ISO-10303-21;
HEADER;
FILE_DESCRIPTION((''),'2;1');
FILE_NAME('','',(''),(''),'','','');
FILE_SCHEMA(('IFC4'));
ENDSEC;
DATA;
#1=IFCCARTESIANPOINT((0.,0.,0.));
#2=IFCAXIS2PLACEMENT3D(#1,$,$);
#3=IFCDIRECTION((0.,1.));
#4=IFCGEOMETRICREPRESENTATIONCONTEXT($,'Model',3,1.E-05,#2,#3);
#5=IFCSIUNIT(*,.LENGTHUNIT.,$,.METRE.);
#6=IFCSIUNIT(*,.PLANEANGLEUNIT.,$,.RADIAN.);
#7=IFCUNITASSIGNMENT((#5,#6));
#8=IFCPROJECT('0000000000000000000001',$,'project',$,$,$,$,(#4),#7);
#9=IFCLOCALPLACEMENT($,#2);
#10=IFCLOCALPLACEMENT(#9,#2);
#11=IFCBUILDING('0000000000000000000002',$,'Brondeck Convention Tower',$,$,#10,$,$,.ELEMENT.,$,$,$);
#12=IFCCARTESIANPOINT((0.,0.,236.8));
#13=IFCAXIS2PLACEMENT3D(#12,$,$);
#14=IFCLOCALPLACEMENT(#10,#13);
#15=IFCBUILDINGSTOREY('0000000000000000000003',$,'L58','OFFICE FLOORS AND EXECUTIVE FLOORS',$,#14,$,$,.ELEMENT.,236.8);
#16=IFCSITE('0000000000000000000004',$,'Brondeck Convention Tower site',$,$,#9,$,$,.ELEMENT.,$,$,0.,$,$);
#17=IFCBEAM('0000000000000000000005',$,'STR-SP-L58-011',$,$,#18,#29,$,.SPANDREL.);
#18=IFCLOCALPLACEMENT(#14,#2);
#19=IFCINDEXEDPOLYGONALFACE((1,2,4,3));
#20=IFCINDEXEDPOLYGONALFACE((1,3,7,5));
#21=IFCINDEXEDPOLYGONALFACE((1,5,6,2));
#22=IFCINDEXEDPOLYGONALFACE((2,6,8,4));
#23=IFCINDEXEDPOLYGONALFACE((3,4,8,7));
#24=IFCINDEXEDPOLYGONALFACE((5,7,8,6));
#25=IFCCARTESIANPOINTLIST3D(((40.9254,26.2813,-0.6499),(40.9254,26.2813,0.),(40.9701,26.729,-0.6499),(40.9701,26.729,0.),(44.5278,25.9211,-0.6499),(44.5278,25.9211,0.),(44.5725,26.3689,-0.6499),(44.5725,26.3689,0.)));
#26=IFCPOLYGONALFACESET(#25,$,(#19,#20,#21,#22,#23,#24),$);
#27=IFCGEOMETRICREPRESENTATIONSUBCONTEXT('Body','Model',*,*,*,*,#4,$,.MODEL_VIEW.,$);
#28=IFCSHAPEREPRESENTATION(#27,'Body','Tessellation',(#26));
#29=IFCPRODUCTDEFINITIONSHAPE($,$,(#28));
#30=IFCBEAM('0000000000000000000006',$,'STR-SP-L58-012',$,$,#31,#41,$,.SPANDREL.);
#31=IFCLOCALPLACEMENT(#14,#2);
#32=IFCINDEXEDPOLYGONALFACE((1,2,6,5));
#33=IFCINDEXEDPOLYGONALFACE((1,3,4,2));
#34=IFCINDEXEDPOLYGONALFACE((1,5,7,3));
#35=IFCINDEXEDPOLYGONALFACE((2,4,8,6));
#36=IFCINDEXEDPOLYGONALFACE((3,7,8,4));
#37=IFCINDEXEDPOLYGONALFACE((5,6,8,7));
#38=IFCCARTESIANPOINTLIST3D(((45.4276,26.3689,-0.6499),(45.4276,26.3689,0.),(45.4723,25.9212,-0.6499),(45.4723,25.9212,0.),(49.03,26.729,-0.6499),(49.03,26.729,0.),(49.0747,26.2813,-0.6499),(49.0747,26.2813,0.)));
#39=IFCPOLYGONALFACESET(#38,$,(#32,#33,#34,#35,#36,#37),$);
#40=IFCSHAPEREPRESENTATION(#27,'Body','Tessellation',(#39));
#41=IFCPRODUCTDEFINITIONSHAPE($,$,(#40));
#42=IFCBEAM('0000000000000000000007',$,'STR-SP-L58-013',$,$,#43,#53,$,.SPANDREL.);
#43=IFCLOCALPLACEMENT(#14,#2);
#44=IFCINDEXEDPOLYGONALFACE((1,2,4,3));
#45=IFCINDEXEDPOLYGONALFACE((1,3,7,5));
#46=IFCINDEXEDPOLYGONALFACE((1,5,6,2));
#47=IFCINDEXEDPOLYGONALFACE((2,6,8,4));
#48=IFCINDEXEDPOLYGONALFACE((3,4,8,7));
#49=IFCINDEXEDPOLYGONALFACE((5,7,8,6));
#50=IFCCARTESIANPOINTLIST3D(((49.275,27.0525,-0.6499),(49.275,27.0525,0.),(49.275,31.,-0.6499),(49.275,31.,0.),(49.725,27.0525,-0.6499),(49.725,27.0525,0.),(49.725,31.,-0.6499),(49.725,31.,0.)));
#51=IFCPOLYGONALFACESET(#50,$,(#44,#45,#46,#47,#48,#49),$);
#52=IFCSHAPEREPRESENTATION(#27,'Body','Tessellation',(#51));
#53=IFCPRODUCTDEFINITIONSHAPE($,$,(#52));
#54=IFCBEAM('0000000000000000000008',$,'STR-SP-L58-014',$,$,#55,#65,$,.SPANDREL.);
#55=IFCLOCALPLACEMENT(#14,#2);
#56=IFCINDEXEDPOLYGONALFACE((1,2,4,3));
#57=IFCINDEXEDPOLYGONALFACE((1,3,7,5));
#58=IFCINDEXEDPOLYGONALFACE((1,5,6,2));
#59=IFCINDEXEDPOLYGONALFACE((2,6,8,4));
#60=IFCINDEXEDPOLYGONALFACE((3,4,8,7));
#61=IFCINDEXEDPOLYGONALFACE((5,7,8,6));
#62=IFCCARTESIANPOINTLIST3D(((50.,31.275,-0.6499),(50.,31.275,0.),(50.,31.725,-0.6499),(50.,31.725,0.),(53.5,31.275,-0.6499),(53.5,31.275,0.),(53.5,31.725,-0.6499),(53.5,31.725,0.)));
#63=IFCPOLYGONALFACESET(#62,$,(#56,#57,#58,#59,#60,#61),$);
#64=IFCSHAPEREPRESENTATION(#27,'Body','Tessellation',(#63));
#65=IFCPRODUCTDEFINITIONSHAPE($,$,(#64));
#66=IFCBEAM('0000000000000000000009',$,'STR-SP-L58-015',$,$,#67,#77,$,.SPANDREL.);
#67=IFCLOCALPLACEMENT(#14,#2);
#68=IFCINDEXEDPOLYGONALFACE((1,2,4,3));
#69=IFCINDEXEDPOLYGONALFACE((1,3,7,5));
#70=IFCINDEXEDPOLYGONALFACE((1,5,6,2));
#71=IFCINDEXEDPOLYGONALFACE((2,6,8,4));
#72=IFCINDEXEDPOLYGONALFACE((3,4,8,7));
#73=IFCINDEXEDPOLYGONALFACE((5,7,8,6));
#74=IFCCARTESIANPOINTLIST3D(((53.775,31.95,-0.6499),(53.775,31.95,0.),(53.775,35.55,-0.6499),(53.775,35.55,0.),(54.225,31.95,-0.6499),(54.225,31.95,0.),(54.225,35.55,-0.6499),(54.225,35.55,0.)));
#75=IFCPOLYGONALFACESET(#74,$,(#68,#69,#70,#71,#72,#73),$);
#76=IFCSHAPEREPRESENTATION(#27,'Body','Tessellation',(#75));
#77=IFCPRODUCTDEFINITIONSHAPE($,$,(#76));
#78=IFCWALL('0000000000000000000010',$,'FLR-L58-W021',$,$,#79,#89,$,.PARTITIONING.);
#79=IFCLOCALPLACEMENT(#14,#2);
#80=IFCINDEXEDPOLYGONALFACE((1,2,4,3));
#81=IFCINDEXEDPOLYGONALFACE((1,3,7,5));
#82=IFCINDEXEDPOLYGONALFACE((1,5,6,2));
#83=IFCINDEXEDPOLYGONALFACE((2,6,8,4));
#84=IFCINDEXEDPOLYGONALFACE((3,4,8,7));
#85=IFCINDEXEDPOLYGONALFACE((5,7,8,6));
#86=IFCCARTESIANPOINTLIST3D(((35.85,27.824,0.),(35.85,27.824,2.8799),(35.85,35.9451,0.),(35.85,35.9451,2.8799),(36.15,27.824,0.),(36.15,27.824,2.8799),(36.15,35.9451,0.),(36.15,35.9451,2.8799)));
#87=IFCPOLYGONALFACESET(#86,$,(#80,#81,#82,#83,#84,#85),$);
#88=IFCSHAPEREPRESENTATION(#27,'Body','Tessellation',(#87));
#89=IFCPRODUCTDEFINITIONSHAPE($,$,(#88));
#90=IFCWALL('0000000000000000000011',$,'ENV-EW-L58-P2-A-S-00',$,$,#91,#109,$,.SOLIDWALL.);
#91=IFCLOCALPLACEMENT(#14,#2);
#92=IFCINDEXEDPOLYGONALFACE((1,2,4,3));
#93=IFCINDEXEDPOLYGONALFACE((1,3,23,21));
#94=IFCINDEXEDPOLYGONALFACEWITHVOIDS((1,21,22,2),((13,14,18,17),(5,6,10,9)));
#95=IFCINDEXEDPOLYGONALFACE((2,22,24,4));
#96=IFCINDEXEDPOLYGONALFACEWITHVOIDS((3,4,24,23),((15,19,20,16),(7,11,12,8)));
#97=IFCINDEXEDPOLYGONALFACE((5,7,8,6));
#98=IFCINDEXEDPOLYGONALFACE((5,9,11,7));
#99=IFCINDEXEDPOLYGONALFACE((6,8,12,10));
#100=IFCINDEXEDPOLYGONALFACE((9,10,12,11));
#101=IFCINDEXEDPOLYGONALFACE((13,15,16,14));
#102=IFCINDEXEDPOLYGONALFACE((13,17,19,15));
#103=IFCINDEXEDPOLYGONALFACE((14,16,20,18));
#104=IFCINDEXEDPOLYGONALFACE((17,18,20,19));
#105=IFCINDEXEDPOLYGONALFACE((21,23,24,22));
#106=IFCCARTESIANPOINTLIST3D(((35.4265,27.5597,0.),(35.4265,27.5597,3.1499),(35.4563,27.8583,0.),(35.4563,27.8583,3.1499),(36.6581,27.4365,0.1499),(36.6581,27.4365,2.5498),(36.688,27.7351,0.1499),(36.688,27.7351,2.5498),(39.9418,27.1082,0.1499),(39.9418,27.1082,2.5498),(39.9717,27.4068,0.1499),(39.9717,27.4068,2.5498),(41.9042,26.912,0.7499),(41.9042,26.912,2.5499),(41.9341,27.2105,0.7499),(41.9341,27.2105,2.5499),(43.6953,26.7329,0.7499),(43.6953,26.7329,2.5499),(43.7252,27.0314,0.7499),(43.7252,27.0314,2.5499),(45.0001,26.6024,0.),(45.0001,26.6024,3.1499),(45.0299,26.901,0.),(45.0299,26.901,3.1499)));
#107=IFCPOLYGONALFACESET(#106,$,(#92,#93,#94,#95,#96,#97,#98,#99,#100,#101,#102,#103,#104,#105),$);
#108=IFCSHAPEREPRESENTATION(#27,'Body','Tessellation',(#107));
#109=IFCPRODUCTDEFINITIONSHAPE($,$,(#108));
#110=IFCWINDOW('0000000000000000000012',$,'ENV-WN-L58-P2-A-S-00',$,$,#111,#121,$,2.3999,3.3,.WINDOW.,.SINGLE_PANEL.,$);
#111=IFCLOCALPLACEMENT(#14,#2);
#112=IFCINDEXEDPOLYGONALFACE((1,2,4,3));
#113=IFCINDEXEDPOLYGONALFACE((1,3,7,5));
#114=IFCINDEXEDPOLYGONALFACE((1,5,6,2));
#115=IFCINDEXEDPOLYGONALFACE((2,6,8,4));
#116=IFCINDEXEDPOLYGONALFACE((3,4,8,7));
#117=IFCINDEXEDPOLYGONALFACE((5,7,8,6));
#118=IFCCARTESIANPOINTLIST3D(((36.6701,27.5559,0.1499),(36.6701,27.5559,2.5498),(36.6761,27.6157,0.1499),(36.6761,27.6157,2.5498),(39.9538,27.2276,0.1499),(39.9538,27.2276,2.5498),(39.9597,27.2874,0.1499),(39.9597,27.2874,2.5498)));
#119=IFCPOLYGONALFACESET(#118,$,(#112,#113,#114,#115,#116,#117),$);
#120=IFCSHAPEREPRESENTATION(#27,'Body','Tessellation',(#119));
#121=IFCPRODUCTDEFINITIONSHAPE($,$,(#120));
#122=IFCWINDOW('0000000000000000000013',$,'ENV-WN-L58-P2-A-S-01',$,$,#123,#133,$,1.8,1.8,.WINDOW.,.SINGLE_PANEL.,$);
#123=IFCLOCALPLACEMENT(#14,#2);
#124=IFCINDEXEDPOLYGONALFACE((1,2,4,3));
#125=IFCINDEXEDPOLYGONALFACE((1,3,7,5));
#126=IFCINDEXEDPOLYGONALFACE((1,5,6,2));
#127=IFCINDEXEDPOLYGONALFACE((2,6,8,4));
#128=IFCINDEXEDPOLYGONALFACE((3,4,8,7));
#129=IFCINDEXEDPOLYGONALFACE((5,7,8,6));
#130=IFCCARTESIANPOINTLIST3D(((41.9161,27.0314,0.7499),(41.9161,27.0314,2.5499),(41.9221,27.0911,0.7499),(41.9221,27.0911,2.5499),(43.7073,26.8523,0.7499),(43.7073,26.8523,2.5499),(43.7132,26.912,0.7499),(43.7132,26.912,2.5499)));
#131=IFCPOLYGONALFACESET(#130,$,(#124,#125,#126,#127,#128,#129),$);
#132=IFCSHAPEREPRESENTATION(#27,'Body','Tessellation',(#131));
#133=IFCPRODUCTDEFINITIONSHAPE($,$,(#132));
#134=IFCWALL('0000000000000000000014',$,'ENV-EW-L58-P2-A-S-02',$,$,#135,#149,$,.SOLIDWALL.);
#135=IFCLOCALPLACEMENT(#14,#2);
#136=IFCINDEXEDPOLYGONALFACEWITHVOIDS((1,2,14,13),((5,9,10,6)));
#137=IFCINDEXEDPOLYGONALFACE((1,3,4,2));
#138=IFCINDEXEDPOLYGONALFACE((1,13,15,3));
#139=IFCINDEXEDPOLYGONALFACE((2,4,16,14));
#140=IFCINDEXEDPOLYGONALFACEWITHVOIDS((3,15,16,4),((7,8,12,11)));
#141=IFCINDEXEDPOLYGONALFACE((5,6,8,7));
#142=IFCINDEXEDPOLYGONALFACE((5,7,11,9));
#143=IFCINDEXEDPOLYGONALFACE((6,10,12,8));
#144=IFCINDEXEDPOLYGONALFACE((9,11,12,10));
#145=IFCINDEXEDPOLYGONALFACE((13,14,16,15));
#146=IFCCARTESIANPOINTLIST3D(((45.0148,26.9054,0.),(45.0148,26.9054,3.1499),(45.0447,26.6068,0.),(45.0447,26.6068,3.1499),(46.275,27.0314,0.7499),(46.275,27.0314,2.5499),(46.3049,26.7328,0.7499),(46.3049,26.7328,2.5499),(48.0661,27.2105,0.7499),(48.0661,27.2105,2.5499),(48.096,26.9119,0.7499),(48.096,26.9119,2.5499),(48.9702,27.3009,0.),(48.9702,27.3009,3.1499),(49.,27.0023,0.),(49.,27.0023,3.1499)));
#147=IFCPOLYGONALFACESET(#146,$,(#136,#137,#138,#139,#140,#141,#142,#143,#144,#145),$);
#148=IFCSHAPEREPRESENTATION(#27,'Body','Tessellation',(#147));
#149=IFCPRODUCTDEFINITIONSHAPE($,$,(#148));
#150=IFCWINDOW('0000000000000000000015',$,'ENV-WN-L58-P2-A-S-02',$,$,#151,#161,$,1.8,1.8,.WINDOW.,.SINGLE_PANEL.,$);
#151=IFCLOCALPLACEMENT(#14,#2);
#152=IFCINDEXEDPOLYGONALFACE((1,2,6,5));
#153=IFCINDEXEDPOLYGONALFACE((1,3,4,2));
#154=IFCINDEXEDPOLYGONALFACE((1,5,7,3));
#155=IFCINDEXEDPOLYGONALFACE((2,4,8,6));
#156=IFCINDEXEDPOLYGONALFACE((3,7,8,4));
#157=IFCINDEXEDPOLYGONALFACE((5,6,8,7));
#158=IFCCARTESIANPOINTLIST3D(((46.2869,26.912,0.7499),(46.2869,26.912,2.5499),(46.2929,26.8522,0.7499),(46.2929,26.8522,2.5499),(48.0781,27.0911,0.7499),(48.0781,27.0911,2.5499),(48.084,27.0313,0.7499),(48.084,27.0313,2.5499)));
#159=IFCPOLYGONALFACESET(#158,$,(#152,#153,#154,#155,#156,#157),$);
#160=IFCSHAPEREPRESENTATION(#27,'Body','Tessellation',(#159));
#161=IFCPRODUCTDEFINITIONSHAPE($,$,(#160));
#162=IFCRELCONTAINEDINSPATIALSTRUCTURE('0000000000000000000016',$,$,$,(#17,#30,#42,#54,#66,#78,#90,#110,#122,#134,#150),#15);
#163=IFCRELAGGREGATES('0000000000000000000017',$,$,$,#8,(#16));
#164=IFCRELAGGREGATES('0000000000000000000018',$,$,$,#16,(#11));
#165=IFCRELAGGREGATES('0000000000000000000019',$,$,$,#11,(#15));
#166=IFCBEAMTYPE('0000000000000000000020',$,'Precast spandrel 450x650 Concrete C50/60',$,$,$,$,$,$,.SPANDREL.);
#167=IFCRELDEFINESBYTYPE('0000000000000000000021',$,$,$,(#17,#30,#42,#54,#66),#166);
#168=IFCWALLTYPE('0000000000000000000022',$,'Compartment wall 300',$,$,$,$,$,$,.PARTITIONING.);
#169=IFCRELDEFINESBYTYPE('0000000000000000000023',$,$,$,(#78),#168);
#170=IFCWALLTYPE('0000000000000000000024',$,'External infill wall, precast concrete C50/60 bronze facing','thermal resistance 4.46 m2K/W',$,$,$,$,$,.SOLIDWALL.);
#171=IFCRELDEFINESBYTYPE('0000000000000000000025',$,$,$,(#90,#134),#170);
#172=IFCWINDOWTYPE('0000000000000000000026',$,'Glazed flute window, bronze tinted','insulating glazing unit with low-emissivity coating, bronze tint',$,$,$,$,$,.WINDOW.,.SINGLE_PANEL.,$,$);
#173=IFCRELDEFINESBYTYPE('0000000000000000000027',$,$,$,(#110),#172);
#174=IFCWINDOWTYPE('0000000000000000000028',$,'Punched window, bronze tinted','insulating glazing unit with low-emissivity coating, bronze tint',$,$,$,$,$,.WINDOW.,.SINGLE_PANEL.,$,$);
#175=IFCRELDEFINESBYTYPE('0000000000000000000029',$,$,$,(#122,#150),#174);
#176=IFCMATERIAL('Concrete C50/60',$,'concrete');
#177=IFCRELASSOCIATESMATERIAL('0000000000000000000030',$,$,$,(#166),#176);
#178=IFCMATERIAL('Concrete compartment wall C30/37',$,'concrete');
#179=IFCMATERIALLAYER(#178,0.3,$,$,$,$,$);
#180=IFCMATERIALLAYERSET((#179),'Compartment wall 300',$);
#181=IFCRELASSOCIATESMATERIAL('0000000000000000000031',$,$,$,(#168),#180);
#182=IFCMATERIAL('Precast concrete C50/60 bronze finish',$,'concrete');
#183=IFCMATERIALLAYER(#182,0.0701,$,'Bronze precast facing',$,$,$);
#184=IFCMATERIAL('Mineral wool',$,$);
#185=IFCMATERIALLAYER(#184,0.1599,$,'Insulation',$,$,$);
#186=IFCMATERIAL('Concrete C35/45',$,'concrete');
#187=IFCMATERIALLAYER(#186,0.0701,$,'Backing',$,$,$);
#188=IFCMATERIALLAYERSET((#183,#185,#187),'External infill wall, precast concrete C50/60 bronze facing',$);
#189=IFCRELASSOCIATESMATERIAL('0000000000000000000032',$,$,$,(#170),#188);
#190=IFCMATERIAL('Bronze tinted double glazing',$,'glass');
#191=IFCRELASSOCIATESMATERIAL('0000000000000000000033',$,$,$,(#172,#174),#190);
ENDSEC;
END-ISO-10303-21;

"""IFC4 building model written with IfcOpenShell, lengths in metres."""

from ifc_helpers import new_model, si_unit, direction, frame, frame_2d, origin, origin_2d, place, context, subcontext, project, spatial, rectangle, extrude, material, layer, layer_set, material_profile, profile_set, type_object, element, fill, save


model = new_model("IFC4")

# Units and contexts
model_context = context("Model", 3, precision=1e-05, world=origin(), true_north=direction((0.0, 1.0)))
body_context = subcontext(model_context, "Body", "Model", "MODEL_VIEW")
ifc_project = project(units=[si_unit("LENGTHUNIT", "METRE"), si_unit("PLANEANGLEUNIT", "RADIAN")], contexts=[model_context])

# Site, building, storey
site_placement = place(None, origin())
site = spatial("IfcSite", under=ifc_project, at=site_placement, Name="Brondeck Convention Tower site", CompositionType="ELEMENT", RefElevation=0.0)
building_placement = place(site_placement, origin())
building = spatial("IfcBuilding", under=site, at=building_placement, Name="Brondeck Convention Tower", CompositionType="ELEMENT")
storey_placement = place(building_placement, frame((0.0, 0.0, 236.8)))
storey = spatial("IfcBuildingStorey", under=building, at=storey_placement, Name="L58", Description="OFFICE FLOORS AND EXECUTIVE FLOORS", CompositionType="ELEMENT", Elevation=236.8)

# Shared definitions
ifc_material_1 = material(Name="Concrete C50/60", Category="concrete")

# Beams
ifc_material_profile_1 = material_profile(ifc_material_1, rectangle(XDim=0.45, YDim=0.6499, at=origin_2d()), Name="Precast spandrel 450x650 Concrete C50/60")
ifc_profile_set_1 = profile_set([ifc_material_profile_1], Name="Concrete C50/60")
beam_type_1 = type_object("IfcBeamType", Name="Precast spandrel 450x650 Concrete C50/60", PredefinedType="SPANDREL", material=ifc_profile_set_1)
for number, where, z_axis, x_axis, name in (
    (1, (40.9478, 26.5051, -0.325), (0.995041, -0.09947, 0.0), (0.09947, 0.995041, 0.0), "STR-SP-L58-011"),
    (2, (45.45, 26.145, -0.325), (0.995041, 0.09947, 0.0), (-0.09947, 0.995041, 0.0), "STR-SP-L58-012"),
):
    element("IfcBeam", number, at=place(storey_placement, frame(where, z_axis=z_axis, x_axis=x_axis)), inside=storey, type_object=beam_type_1, Name=name, PredefinedType="SPANDREL", context=body_context, shape_type="SweptSolid", body=[
        extrude(rectangle(XDim=0.45, YDim=0.6499, at=origin_2d()), origin(), (0.0, 0.0, 1.0), 3.6204),
    ])
beam_1_placement = place(storey_placement, frame((49.5, 27.0525, -0.325), z_axis=(0.0, 1.0, 0.0), x_axis=(-1.0, 0.0, 0.0)))
element("IfcBeam", 3, at=beam_1_placement, inside=storey, type_object=beam_type_1, Name="STR-SP-L58-013", PredefinedType="SPANDREL", context=body_context, shape_type="SweptSolid", body=[
    extrude(rectangle(XDim=0.45, YDim=0.6499, at=origin_2d()), origin(), (0.0, 0.0, 1.0), 3.9475),
])
beam_2_placement = place(storey_placement, frame((50.0, 31.5, -0.325), z_axis=(1.0, 0.0, 0.0), x_axis=(0.0, 1.0, 0.0)))
element("IfcBeam", 4, at=beam_2_placement, inside=storey, type_object=beam_type_1, Name="STR-SP-L58-014", PredefinedType="SPANDREL", context=body_context, shape_type="SweptSolid", body=[
    extrude(rectangle(XDim=0.45, YDim=0.6499, at=origin_2d()), origin(), (0.0, 0.0, 1.0), 3.5),
])
beam_3_placement = place(storey_placement, frame((54.0, 31.95, -0.325), z_axis=(0.0, 1.0, 0.0), x_axis=(-1.0, 0.0, 0.0)))
element("IfcBeam", 5, at=beam_3_placement, inside=storey, type_object=beam_type_1, Name="STR-SP-L58-015", PredefinedType="SPANDREL", context=body_context, shape_type="SweptSolid", body=[
    extrude(rectangle(XDim=0.45, YDim=0.6499, at=origin_2d()), origin(), (0.0, 0.0, 1.0), 3.6001),
])

# Wall
ifc_material_2 = material(Name="Concrete compartment wall C30/37", Category="concrete")
ifc_layer_1 = layer(ifc_material_2, 0.3)
ifc_layer_set_1 = layer_set([ifc_layer_1], Name="Compartment wall 300")
wall_type_1 = type_object("IfcWallType", Name="Compartment wall 300", PredefinedType="PARTITIONING", material=ifc_layer_set_1)
wall_1_placement = place(storey_placement, frame((36.0, 27.824, 0.0), z_axis=(0.0, 0.0, 1.0), x_axis=(0.0, 1.0, 0.0)))
element("IfcWall", 6, at=wall_1_placement, inside=storey, type_object=wall_type_1, Name="FLR-L58-W021", PredefinedType="PARTITIONING", context=body_context, shape_type="SweptSolid", body=[
    extrude(rectangle(XDim=8.1211, YDim=0.3, at=frame_2d((4.0605, 0.0))), origin(), (0.0, 0.0, 1.0), 2.8799),
])

# Wall, openings, windows
ifc_material_3 = material(Name="Precast concrete C50/60 bronze finish", Category="concrete")
ifc_layer_2 = layer(ifc_material_3, 0.0701, Name="Bronze precast facing")
ifc_material_4 = material(Name="Mineral wool")
ifc_layer_3 = layer(ifc_material_4, 0.1599, Name="Insulation")
ifc_material_5 = material(Name="Concrete C35/45", Category="concrete")
ifc_layer_4 = layer(ifc_material_5, 0.0701, Name="Backing")
ifc_layer_set_2 = layer_set([ifc_layer_2, ifc_layer_3, ifc_layer_4], Name="External infill wall, precast concrete C50/60 bronze facing")
wall_type_2 = type_object("IfcWallType", Name="External infill wall, precast concrete C50/60 bronze facing", Description="thermal resistance 4.46 m2K/W", PredefinedType="SOLIDWALL", material=ifc_layer_set_2)
wall_2_placement = place(storey_placement, frame((45.0149, 26.7517, 0.0), z_axis=(0.0, 0.0, 1.0), x_axis=(-0.995038, 0.099496, 0.0)))
wall_2 = element("IfcWall", 7, at=wall_2_placement, inside=storey, type_object=wall_type_2, Name="ENV-EW-L58-P2-A-S-00", PredefinedType="SOLIDWALL", context=body_context, shape_type="SweptSolid", body=[
    extrude(rectangle(XDim=9.6213, YDim=0.3, at=frame_2d((4.8105, 0.0))), origin(), (0.0, 0.0, 1.0), 3.1499),
])
opening_1_placement = place(wall_2_placement, frame((1.3113, 0.0, 0.75)))
opening_1 = element("IfcOpeningElement", 8, at=opening_1_placement, cuts=wall_2, PredefinedType="OPENING", context=body_context, shape_type="SweptSolid", body=[
    extrude(rectangle(XDim=1.8, YDim=1.8, at=frame_2d((0.8999, 0.8999))), frame((0.0, 0.1599, 0.0), z_axis=(0.0, -1.0, 0.0), x_axis=(1.0, 0.0, 0.0)), (0.0, 0.0, 1.0), 0.3201),
])
opening_2_placement = place(wall_2_placement, frame((5.0835, 0.0, 0.1499)))
opening_2 = element("IfcOpeningElement", 9, at=opening_2_placement, cuts=wall_2, PredefinedType="OPENING", context=body_context, shape_type="SweptSolid", body=[
    extrude(rectangle(XDim=3.3, YDim=2.3999, at=frame_2d((1.6499, 1.2))), frame((0.0, 0.1599, 0.0), z_axis=(0.0, -1.0, 0.0), x_axis=(1.0, 0.0, 0.0)), (0.0, 0.0, 1.0), 0.3201),
])
ifc_material_6 = material(Name="Bronze tinted double glazing", Category="glass")
window_type_1 = type_object("IfcWindowType", Name="Glazed flute window, bronze tinted", Description="insulating glazing unit with low-emissivity coating, bronze tint", PartitioningType="SINGLE_PANEL", PredefinedType="WINDOW", material=ifc_material_6)
window_1_placement = place(opening_2_placement, origin())
window_1 = element("IfcWindow", 10, at=window_1_placement, inside=storey, type_object=window_type_1, Name="ENV-WN-L58-P2-A-S-00", OverallHeight=2.3999, OverallWidth=3.3, PartitioningType="SINGLE_PANEL", PredefinedType="WINDOW", context=body_context, shape_type="SweptSolid", body=[
    extrude(rectangle(XDim=3.3, YDim=2.3999, at=frame_2d((1.6499, 1.2))), frame((0.0, 0.03, 0.0), z_axis=(0.0, -1.0, 0.0), x_axis=(1.0, 0.0, 0.0)), (0.0, 0.0, 1.0), 0.0601),
])
fill(opening_2, window_1)
window_type_2 = type_object("IfcWindowType", Name="Punched window, bronze tinted", Description="insulating glazing unit with low-emissivity coating, bronze tint", PartitioningType="SINGLE_PANEL", PredefinedType="WINDOW", material=ifc_material_6)
window_2_placement = place(opening_1_placement, origin())
window_2 = element("IfcWindow", 11, at=window_2_placement, inside=storey, type_object=window_type_2, Name="ENV-WN-L58-P2-A-S-01", OverallHeight=1.8, OverallWidth=1.8, PartitioningType="SINGLE_PANEL", PredefinedType="WINDOW", context=body_context, shape_type="SweptSolid", body=[
    extrude(rectangle(XDim=1.8, YDim=1.8, at=frame_2d((0.8999, 0.8999))), frame((0.0, 0.03, 0.0), z_axis=(0.0, -1.0, 0.0), x_axis=(1.0, 0.0, 0.0)), (0.0, 0.0, 1.0), 0.0601),
])
fill(opening_1, window_2)

# Wall, opening, window
wall_3_placement = place(storey_placement, frame((48.9851, 27.1516, 0.0), z_axis=(0.0, 0.0, 1.0), x_axis=(-0.995038, -0.099498, 0.0)))
wall_3 = element("IfcWall", 12, at=wall_3_placement, inside=storey, type_object=wall_type_2, Name="ENV-EW-L58-P2-A-S-02", PredefinedType="SOLIDWALL", context=body_context, shape_type="SweptSolid", body=[
    extrude(rectangle(XDim=3.9751, YDim=0.3, at=frame_2d((1.9875, 0.0))), origin(), (0.0, 0.0, 1.0), 3.1499),
])
opening_3_placement = place(wall_3_placement, frame((0.9087, 0.0, 0.75)))
opening_3 = element("IfcOpeningElement", 13, at=opening_3_placement, cuts=wall_3, PredefinedType="OPENING", context=body_context, shape_type="SweptSolid", body=[
    extrude(rectangle(XDim=1.8, YDim=1.8, at=frame_2d((0.8999, 0.8999))), frame((0.0, 0.1599, 0.0), z_axis=(0.0, -1.0, 0.0), x_axis=(1.0, 0.0, 0.0)), (0.0, 0.0, 1.0), 0.3201),
])
window_3_placement = place(opening_3_placement, origin())
window_3 = element("IfcWindow", 14, at=window_3_placement, inside=storey, type_object=window_type_2, Name="ENV-WN-L58-P2-A-S-02", OverallHeight=1.8, OverallWidth=1.8, PartitioningType="SINGLE_PANEL", PredefinedType="WINDOW", context=body_context, shape_type="SweptSolid", body=[
    extrude(rectangle(XDim=1.8, YDim=1.8, at=frame_2d((0.8999, 0.8999))), frame((0.0, 0.03, 0.0), z_axis=(0.0, -1.0, 0.0), x_axis=(1.0, 0.0, 0.0)), (0.0, 0.0, 1.0), 0.0601),
])
fill(opening_3, window_3)

save(model, "model.ifc")
